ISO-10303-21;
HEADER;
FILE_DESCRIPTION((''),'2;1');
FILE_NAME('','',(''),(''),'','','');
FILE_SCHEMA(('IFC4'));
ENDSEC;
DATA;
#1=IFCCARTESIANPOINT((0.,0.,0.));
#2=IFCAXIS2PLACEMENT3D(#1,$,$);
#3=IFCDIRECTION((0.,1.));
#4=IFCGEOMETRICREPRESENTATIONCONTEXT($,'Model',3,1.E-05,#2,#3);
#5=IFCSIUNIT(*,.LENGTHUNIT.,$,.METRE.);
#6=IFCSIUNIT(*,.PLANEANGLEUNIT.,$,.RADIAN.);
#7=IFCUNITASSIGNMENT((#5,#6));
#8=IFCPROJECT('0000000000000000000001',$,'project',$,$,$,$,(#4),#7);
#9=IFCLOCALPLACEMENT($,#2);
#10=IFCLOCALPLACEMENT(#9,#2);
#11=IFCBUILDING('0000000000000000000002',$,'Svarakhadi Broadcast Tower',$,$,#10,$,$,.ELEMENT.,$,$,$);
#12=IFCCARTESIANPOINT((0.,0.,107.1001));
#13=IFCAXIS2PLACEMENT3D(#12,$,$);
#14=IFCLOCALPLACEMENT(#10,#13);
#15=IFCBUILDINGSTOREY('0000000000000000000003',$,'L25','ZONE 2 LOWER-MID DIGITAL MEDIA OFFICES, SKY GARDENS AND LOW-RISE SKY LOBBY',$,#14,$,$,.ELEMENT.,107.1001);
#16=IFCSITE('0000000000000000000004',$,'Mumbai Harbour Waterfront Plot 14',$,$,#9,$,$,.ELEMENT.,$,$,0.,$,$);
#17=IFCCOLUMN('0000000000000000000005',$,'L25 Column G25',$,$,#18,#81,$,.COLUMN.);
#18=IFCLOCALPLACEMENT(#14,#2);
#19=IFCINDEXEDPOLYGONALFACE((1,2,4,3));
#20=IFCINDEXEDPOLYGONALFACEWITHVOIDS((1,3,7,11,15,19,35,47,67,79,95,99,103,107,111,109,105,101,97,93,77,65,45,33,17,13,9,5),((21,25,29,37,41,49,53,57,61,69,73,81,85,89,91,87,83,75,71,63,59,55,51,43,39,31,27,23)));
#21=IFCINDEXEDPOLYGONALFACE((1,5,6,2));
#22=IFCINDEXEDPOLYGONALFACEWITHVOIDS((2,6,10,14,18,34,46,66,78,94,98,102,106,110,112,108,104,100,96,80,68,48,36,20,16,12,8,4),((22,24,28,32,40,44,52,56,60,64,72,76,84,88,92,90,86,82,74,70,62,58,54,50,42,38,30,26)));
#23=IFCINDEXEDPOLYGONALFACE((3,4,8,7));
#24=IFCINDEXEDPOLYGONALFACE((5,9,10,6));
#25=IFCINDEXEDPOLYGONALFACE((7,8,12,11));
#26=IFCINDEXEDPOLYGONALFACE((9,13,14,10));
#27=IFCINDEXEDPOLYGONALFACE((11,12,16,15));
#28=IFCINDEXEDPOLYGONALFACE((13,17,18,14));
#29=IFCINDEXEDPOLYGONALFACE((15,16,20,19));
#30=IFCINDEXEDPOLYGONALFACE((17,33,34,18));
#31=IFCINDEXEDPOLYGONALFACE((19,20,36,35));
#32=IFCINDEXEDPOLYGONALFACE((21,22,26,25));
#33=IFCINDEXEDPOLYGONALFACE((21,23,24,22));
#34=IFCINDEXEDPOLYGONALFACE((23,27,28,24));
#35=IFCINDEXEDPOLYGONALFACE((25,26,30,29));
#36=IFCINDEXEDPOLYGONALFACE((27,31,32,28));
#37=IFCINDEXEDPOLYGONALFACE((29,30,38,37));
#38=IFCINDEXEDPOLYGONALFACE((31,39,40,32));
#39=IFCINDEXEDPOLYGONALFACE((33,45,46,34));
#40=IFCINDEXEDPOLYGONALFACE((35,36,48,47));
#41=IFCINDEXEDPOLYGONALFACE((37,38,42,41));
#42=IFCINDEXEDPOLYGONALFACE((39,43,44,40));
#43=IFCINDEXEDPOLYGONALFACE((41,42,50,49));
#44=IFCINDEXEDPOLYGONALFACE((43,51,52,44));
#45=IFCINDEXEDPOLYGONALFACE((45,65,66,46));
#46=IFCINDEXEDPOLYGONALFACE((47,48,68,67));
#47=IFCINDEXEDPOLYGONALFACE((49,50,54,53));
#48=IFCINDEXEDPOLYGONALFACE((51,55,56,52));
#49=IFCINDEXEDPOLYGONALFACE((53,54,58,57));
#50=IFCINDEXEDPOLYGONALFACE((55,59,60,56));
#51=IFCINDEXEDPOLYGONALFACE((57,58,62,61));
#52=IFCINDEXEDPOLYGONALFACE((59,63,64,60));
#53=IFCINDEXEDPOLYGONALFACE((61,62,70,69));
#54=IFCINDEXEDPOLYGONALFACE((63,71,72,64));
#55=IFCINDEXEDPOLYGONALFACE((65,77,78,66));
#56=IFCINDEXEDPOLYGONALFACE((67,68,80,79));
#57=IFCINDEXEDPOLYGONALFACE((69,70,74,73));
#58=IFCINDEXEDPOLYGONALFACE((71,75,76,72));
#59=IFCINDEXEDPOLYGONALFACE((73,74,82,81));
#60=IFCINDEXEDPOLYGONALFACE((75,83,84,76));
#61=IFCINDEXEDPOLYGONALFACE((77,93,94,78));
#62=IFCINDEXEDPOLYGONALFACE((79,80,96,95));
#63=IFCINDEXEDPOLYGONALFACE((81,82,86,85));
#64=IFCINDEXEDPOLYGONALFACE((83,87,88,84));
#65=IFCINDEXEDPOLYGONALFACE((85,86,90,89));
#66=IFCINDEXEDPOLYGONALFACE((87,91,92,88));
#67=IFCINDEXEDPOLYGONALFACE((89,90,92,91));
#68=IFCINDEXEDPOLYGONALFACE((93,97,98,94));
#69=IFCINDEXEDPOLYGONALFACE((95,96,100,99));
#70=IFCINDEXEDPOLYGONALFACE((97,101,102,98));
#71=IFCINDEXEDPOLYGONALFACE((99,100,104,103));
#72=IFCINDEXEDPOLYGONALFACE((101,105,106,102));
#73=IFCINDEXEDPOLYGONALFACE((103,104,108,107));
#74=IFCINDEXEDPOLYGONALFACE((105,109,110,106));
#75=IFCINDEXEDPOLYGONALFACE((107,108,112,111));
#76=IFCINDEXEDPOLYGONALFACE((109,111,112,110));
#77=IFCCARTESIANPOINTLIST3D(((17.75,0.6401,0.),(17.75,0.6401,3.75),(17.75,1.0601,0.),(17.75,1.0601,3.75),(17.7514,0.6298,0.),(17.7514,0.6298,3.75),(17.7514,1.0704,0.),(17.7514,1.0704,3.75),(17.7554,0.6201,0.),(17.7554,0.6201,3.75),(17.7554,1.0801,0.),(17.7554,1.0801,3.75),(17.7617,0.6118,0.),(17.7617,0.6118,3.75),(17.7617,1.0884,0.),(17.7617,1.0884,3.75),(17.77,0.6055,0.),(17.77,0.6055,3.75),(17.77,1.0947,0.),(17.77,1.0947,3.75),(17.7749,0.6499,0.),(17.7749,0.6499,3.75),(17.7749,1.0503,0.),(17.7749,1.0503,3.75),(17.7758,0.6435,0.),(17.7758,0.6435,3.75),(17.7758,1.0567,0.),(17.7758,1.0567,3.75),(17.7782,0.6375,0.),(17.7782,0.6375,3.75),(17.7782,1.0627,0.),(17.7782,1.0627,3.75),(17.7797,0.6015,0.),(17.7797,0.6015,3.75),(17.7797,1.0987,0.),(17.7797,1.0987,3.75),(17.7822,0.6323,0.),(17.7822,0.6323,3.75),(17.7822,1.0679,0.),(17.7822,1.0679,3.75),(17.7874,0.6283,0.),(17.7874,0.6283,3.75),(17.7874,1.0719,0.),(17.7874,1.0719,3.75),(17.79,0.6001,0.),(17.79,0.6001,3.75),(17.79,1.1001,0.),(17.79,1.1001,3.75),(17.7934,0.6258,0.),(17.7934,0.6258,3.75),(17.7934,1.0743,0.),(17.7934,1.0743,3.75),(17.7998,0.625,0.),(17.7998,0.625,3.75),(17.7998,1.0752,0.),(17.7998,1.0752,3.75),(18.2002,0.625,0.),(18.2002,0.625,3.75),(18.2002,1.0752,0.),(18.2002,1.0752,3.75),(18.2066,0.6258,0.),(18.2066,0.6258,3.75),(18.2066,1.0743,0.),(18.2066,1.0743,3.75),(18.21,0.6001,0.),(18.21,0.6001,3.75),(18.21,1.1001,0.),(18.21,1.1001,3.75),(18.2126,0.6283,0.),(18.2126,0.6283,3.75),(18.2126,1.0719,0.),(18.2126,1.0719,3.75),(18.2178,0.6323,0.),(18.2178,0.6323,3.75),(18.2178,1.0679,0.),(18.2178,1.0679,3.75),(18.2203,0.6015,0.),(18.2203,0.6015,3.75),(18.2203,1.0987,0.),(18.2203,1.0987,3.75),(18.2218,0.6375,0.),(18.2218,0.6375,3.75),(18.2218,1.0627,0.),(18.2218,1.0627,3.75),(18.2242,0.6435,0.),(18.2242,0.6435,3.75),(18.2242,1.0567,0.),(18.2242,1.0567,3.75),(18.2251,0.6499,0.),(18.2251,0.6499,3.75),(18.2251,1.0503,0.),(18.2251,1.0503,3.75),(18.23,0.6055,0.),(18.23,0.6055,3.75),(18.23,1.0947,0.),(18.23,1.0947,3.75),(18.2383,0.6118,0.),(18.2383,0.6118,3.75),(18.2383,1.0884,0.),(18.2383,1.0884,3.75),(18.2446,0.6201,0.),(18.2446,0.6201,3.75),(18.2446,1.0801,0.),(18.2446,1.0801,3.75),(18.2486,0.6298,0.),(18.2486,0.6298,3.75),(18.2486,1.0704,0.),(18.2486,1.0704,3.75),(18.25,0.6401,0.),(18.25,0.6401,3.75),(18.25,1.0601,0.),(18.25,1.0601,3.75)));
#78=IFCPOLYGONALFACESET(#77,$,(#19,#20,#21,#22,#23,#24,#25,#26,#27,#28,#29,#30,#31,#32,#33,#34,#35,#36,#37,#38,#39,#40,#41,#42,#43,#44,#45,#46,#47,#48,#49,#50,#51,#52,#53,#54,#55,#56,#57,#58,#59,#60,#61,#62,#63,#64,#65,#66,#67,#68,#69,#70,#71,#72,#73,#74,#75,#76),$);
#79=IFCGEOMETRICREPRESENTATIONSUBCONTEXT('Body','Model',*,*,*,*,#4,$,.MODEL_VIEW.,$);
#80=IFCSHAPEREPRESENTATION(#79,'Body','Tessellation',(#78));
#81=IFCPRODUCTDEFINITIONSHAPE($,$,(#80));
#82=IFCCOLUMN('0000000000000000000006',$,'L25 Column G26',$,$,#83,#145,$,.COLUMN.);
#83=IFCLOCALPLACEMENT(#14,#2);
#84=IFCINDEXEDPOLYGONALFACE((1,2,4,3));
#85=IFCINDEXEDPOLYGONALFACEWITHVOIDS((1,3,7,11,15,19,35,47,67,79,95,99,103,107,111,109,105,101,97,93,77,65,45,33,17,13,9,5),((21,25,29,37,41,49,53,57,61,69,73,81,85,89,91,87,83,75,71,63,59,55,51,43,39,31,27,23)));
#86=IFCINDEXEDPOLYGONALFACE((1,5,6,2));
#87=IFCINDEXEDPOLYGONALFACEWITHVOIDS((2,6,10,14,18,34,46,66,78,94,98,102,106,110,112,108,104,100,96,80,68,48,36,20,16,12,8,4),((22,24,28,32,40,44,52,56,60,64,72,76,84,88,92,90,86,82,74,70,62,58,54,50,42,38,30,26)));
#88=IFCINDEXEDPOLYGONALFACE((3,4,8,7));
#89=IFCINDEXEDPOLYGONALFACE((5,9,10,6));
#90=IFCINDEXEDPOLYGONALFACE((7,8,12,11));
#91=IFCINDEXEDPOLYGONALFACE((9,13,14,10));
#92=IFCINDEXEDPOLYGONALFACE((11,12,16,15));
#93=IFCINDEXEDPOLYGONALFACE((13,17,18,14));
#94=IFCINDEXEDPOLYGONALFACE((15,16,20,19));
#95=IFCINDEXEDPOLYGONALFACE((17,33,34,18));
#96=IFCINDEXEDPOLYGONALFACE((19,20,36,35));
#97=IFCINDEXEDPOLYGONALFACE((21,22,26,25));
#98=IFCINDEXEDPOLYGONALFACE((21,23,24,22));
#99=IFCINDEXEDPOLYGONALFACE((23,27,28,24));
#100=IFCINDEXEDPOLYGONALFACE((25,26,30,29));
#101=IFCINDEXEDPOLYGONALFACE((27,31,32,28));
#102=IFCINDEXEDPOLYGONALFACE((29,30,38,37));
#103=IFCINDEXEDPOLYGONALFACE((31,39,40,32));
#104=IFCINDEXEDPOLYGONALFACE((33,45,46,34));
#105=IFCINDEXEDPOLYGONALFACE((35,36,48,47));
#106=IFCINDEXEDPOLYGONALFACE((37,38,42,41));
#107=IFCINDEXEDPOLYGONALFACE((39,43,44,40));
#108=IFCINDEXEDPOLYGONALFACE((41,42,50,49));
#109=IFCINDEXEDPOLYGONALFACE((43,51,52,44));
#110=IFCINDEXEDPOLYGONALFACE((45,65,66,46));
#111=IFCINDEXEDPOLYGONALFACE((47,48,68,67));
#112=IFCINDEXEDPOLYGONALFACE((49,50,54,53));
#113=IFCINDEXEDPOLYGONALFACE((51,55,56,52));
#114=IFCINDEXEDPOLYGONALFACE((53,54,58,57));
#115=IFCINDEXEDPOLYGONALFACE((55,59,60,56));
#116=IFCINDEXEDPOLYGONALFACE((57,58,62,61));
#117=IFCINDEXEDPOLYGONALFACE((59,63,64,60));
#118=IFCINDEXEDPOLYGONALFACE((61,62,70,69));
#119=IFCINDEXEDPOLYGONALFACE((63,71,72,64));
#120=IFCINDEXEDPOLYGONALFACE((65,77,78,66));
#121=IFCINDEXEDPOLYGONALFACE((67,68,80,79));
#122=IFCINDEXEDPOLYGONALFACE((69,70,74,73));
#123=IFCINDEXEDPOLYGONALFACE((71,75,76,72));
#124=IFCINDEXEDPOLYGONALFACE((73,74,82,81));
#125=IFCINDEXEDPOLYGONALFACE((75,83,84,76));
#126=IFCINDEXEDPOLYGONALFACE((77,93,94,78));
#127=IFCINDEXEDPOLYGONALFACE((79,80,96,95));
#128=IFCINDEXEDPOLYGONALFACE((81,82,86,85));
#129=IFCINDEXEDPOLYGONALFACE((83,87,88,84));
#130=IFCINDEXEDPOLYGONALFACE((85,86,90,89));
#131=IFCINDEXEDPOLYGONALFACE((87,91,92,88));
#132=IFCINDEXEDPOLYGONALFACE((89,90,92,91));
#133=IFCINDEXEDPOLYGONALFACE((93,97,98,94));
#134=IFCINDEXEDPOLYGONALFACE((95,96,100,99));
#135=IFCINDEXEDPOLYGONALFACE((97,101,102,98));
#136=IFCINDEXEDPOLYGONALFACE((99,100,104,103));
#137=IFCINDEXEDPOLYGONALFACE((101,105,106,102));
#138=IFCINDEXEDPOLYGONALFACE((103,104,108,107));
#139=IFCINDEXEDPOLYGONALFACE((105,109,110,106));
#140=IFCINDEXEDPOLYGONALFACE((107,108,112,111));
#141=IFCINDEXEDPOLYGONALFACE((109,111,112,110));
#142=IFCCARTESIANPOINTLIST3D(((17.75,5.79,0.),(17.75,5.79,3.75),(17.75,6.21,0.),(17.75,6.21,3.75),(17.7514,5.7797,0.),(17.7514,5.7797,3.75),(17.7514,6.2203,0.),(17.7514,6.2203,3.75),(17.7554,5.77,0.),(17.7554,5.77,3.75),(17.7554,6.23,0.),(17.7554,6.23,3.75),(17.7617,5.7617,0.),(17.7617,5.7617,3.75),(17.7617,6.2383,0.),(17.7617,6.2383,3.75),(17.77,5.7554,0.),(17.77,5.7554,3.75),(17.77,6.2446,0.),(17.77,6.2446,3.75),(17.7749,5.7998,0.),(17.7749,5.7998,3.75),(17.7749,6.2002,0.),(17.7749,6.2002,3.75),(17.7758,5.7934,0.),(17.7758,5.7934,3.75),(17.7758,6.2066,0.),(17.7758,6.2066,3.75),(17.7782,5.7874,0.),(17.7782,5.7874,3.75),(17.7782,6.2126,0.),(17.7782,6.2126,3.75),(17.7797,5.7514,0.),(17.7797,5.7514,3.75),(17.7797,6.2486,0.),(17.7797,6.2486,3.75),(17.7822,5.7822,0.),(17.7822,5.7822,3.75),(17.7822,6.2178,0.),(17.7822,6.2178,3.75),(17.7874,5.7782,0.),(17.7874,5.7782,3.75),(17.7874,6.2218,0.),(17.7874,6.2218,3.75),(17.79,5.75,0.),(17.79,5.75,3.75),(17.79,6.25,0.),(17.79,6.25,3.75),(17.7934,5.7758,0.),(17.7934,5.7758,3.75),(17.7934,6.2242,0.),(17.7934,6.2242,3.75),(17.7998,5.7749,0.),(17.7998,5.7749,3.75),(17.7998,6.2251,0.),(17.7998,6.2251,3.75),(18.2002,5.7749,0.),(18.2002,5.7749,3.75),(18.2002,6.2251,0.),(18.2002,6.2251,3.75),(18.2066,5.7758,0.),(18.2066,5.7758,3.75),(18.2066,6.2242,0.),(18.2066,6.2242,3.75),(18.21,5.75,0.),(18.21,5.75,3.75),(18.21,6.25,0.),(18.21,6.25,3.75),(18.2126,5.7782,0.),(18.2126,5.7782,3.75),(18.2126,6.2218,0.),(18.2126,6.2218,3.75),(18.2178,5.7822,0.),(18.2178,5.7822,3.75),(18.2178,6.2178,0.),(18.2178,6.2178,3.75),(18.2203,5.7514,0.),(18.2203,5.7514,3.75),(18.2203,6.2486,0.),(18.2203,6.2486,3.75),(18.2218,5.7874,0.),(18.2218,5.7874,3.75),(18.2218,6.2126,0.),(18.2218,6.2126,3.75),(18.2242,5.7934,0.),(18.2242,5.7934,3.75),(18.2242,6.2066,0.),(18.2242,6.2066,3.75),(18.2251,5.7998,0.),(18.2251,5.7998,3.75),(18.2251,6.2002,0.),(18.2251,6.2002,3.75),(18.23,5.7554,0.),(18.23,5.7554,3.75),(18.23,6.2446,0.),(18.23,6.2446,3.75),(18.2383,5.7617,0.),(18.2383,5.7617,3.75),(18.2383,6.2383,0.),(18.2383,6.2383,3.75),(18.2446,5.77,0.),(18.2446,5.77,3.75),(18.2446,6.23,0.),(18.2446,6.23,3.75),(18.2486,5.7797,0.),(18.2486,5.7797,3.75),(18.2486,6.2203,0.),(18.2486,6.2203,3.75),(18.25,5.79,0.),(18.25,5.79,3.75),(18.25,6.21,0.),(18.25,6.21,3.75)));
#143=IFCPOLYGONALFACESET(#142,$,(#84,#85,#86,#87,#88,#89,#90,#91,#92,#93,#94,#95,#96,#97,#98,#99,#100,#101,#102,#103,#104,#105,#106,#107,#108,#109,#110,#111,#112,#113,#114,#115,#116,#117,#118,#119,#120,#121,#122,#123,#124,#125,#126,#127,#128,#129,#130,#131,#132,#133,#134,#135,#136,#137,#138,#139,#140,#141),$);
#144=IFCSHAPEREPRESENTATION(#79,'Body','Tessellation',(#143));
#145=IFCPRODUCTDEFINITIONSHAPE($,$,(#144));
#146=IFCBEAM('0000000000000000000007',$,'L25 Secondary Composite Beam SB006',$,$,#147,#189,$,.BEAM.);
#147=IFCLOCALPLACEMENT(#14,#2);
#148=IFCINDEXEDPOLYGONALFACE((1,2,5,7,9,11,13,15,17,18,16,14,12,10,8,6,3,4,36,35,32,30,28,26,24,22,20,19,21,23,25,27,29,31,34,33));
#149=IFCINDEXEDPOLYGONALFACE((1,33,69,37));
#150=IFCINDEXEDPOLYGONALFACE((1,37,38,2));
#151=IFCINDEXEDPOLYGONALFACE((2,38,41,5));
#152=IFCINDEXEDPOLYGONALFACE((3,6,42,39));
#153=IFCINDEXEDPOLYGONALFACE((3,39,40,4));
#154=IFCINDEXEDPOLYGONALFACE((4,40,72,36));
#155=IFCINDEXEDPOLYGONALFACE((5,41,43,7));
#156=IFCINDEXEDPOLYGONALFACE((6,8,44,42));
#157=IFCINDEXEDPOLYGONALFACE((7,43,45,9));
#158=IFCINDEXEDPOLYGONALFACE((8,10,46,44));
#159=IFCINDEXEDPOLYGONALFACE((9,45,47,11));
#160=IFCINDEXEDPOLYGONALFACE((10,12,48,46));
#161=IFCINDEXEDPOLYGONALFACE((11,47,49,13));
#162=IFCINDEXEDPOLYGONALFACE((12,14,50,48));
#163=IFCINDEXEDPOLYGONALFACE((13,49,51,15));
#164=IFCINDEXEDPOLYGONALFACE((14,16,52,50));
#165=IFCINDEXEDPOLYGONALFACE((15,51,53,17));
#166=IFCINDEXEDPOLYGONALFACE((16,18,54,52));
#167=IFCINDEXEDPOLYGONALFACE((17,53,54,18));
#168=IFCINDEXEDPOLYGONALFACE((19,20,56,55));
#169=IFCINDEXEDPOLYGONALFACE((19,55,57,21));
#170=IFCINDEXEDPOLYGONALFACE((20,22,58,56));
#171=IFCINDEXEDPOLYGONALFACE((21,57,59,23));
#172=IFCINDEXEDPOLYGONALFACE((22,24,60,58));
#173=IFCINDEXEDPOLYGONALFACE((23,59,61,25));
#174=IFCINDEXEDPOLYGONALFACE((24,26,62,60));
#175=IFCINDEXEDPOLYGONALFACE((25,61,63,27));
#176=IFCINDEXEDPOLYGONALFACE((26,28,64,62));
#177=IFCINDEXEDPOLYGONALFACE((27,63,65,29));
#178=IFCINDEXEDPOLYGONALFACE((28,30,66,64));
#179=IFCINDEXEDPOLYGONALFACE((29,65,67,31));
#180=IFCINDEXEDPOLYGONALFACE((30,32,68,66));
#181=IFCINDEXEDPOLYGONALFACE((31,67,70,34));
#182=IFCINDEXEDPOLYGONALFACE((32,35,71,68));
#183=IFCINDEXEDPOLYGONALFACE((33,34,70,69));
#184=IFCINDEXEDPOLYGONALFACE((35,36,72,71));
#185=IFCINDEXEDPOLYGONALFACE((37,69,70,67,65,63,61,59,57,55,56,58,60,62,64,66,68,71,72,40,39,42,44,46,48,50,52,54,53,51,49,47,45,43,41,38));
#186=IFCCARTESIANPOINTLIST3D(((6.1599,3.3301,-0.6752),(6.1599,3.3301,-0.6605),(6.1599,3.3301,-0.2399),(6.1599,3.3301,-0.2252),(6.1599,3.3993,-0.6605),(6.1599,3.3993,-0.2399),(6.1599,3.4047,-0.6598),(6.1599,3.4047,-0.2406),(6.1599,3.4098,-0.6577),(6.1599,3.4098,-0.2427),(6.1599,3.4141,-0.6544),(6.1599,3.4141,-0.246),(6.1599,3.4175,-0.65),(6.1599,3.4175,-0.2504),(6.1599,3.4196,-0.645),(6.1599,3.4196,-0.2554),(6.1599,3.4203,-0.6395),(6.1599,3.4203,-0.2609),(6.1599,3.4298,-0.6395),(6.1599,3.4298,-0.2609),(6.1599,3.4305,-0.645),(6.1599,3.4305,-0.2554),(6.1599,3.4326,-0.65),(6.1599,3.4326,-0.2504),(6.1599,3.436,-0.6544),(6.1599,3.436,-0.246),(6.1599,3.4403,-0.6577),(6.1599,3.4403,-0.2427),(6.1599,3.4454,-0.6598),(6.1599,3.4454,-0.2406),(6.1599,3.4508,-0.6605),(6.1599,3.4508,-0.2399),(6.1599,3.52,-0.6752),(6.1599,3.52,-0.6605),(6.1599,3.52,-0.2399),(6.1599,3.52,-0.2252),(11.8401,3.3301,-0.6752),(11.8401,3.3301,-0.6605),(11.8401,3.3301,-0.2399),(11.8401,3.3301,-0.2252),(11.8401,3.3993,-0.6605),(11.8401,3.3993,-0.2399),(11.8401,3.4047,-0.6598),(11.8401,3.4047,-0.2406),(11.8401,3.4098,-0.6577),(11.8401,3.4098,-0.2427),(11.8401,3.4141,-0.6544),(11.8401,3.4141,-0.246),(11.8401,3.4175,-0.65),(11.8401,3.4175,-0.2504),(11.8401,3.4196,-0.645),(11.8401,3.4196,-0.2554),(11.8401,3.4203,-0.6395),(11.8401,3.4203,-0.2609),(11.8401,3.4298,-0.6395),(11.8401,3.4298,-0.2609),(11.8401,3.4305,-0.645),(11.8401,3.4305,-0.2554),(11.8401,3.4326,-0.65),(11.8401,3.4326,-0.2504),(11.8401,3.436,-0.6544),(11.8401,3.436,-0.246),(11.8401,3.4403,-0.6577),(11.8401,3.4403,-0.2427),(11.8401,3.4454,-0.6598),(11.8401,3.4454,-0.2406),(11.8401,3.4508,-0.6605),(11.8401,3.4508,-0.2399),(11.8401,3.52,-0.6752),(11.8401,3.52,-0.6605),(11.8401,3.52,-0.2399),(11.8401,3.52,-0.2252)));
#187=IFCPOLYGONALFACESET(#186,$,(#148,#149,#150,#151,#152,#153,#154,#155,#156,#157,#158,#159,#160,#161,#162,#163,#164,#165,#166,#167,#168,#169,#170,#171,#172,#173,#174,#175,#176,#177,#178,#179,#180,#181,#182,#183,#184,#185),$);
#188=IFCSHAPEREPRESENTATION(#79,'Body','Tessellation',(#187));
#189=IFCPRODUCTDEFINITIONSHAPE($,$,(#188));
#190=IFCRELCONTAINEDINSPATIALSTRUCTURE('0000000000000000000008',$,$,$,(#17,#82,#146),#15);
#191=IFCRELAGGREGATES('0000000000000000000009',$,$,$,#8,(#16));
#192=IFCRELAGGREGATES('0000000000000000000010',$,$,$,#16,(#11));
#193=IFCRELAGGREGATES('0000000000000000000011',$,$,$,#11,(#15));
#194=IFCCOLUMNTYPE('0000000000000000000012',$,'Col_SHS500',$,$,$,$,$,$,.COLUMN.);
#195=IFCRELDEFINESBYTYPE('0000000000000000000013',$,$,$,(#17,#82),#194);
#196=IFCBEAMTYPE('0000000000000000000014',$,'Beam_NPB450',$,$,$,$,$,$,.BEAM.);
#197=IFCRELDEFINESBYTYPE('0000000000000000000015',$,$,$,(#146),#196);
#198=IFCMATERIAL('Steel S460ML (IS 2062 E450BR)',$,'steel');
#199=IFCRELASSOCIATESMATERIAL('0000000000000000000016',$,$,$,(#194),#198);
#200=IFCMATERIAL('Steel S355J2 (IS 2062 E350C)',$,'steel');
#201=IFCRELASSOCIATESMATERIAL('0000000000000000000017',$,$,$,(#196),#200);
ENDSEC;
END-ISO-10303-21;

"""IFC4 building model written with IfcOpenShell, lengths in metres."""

from ifc_helpers import new_model, si_unit, direction, frame, origin, origin_2d, place, context, subcontext, project, spatial, hollow_rectangle, i_section, extrude, material, material_profile, profile_set, type_object, element, save


model = new_model("IFC4")

# Units and contexts
model_context = context("Model", 3, precision=1e-05, world=origin(), true_north=direction((0.0, 1.0)))
body_context = subcontext(model_context, "Body", "Model", "MODEL_VIEW")
ifc_project = project(units=[si_unit("LENGTHUNIT", "METRE"), si_unit("PLANEANGLEUNIT", "RADIAN")], contexts=[model_context])

# Site, building, storey
site_placement = place(None, origin())
site = spatial("IfcSite", under=ifc_project, at=site_placement, Name="Mumbai Harbour Waterfront Plot 14", CompositionType="ELEMENT", RefElevation=0.0)
building_placement = place(site_placement, origin())
building = spatial("IfcBuilding", under=site, at=building_placement, Name="Svarakhadi Broadcast Tower", CompositionType="ELEMENT")
storey_placement = place(building_placement, frame((0.0, 0.0, 107.1001)))
storey = spatial("IfcBuildingStorey", under=building, at=storey_placement, Name="L25", Description="ZONE 2 LOWER-MID DIGITAL MEDIA OFFICES, SKY GARDENS AND LOW-RISE SKY LOBBY", CompositionType="ELEMENT", Elevation=107.1001)

# Columns
ifc_material_1 = material(Name="Steel S460ML (IS 2062 E450BR)", Category="steel")
ifc_material_profile_1 = material_profile(ifc_material_1, hollow_rectangle(XDim=0.5, YDim=0.5, WallThickness=0.0249, InnerFilletRadius=0.0249, OuterFilletRadius=0.04, at=origin_2d()), Name="SHS 500x500x25")
ifc_profile_set_1 = profile_set([ifc_material_profile_1], Name="Steel S460ML (IS 2062 E450BR)")
column_type_1 = type_object("IfcColumnType", Name="Col_SHS500", PredefinedType="COLUMN", material=ifc_profile_set_1)
for number, where, z_axis, x_axis, name in (
    (1, (18.0, 0.8501, 0.0), (0.0, 0.0, 1.0), (1.0, 0.0, 0.0), "L25 Column G25"),
    (2, (18.0, 6.0, 0.0), (0.0, 0.0, 1.0), (1.0, 0.0, 0.0), "L25 Column G26"),
):
    element("IfcColumn", number, at=place(storey_placement, frame(where, z_axis=z_axis, x_axis=x_axis)), inside=storey, type_object=column_type_1, Name=name, PredefinedType="COLUMN", context=body_context, shape_type="SweptSolid", body=[
        extrude(hollow_rectangle(XDim=0.5, YDim=0.5, WallThickness=0.0249, InnerFilletRadius=0.0249, OuterFilletRadius=0.04, at=origin_2d()), origin(), (0.0, 0.0, 1.0), 3.75),
    ])

# Beam
ifc_material_2 = material(Name="Steel S355J2 (IS 2062 E350C)", Category="steel")
ifc_material_profile_2 = material_profile(ifc_material_2, i_section(OverallWidth=0.1899, OverallDepth=0.45, WebThickness=0.0095, FlangeThickness=0.0146, FilletRadius=0.021, at=origin_2d()), Name="NPB 450x190x78")
ifc_profile_set_2 = profile_set([ifc_material_profile_2], Name="Steel S355J2 (IS 2062 E350C)")
beam_type_1 = type_object("IfcBeamType", Name="Beam_NPB450", PredefinedType="BEAM", material=ifc_profile_set_2)
for number, where, z_axis, x_axis, name in (
    (3, (6.1599, 3.425, -0.4502), (1.0, 0.0, 0.0), (0.0, 1.0, 0.0), "L25 Secondary Composite Beam SB006"),
):
    element("IfcBeam", number, at=place(storey_placement, frame(where, z_axis=z_axis, x_axis=x_axis)), inside=storey, type_object=beam_type_1, Name=name, PredefinedType="BEAM", context=body_context, shape_type="SweptSolid", body=[
        extrude(i_section(OverallWidth=0.1899, OverallDepth=0.45, WebThickness=0.0095, FlangeThickness=0.0146, FilletRadius=0.021, at=origin_2d()), origin(), (0.0, 0.0, 1.0), 5.6802),
    ])

save(model, "model.ifc")
